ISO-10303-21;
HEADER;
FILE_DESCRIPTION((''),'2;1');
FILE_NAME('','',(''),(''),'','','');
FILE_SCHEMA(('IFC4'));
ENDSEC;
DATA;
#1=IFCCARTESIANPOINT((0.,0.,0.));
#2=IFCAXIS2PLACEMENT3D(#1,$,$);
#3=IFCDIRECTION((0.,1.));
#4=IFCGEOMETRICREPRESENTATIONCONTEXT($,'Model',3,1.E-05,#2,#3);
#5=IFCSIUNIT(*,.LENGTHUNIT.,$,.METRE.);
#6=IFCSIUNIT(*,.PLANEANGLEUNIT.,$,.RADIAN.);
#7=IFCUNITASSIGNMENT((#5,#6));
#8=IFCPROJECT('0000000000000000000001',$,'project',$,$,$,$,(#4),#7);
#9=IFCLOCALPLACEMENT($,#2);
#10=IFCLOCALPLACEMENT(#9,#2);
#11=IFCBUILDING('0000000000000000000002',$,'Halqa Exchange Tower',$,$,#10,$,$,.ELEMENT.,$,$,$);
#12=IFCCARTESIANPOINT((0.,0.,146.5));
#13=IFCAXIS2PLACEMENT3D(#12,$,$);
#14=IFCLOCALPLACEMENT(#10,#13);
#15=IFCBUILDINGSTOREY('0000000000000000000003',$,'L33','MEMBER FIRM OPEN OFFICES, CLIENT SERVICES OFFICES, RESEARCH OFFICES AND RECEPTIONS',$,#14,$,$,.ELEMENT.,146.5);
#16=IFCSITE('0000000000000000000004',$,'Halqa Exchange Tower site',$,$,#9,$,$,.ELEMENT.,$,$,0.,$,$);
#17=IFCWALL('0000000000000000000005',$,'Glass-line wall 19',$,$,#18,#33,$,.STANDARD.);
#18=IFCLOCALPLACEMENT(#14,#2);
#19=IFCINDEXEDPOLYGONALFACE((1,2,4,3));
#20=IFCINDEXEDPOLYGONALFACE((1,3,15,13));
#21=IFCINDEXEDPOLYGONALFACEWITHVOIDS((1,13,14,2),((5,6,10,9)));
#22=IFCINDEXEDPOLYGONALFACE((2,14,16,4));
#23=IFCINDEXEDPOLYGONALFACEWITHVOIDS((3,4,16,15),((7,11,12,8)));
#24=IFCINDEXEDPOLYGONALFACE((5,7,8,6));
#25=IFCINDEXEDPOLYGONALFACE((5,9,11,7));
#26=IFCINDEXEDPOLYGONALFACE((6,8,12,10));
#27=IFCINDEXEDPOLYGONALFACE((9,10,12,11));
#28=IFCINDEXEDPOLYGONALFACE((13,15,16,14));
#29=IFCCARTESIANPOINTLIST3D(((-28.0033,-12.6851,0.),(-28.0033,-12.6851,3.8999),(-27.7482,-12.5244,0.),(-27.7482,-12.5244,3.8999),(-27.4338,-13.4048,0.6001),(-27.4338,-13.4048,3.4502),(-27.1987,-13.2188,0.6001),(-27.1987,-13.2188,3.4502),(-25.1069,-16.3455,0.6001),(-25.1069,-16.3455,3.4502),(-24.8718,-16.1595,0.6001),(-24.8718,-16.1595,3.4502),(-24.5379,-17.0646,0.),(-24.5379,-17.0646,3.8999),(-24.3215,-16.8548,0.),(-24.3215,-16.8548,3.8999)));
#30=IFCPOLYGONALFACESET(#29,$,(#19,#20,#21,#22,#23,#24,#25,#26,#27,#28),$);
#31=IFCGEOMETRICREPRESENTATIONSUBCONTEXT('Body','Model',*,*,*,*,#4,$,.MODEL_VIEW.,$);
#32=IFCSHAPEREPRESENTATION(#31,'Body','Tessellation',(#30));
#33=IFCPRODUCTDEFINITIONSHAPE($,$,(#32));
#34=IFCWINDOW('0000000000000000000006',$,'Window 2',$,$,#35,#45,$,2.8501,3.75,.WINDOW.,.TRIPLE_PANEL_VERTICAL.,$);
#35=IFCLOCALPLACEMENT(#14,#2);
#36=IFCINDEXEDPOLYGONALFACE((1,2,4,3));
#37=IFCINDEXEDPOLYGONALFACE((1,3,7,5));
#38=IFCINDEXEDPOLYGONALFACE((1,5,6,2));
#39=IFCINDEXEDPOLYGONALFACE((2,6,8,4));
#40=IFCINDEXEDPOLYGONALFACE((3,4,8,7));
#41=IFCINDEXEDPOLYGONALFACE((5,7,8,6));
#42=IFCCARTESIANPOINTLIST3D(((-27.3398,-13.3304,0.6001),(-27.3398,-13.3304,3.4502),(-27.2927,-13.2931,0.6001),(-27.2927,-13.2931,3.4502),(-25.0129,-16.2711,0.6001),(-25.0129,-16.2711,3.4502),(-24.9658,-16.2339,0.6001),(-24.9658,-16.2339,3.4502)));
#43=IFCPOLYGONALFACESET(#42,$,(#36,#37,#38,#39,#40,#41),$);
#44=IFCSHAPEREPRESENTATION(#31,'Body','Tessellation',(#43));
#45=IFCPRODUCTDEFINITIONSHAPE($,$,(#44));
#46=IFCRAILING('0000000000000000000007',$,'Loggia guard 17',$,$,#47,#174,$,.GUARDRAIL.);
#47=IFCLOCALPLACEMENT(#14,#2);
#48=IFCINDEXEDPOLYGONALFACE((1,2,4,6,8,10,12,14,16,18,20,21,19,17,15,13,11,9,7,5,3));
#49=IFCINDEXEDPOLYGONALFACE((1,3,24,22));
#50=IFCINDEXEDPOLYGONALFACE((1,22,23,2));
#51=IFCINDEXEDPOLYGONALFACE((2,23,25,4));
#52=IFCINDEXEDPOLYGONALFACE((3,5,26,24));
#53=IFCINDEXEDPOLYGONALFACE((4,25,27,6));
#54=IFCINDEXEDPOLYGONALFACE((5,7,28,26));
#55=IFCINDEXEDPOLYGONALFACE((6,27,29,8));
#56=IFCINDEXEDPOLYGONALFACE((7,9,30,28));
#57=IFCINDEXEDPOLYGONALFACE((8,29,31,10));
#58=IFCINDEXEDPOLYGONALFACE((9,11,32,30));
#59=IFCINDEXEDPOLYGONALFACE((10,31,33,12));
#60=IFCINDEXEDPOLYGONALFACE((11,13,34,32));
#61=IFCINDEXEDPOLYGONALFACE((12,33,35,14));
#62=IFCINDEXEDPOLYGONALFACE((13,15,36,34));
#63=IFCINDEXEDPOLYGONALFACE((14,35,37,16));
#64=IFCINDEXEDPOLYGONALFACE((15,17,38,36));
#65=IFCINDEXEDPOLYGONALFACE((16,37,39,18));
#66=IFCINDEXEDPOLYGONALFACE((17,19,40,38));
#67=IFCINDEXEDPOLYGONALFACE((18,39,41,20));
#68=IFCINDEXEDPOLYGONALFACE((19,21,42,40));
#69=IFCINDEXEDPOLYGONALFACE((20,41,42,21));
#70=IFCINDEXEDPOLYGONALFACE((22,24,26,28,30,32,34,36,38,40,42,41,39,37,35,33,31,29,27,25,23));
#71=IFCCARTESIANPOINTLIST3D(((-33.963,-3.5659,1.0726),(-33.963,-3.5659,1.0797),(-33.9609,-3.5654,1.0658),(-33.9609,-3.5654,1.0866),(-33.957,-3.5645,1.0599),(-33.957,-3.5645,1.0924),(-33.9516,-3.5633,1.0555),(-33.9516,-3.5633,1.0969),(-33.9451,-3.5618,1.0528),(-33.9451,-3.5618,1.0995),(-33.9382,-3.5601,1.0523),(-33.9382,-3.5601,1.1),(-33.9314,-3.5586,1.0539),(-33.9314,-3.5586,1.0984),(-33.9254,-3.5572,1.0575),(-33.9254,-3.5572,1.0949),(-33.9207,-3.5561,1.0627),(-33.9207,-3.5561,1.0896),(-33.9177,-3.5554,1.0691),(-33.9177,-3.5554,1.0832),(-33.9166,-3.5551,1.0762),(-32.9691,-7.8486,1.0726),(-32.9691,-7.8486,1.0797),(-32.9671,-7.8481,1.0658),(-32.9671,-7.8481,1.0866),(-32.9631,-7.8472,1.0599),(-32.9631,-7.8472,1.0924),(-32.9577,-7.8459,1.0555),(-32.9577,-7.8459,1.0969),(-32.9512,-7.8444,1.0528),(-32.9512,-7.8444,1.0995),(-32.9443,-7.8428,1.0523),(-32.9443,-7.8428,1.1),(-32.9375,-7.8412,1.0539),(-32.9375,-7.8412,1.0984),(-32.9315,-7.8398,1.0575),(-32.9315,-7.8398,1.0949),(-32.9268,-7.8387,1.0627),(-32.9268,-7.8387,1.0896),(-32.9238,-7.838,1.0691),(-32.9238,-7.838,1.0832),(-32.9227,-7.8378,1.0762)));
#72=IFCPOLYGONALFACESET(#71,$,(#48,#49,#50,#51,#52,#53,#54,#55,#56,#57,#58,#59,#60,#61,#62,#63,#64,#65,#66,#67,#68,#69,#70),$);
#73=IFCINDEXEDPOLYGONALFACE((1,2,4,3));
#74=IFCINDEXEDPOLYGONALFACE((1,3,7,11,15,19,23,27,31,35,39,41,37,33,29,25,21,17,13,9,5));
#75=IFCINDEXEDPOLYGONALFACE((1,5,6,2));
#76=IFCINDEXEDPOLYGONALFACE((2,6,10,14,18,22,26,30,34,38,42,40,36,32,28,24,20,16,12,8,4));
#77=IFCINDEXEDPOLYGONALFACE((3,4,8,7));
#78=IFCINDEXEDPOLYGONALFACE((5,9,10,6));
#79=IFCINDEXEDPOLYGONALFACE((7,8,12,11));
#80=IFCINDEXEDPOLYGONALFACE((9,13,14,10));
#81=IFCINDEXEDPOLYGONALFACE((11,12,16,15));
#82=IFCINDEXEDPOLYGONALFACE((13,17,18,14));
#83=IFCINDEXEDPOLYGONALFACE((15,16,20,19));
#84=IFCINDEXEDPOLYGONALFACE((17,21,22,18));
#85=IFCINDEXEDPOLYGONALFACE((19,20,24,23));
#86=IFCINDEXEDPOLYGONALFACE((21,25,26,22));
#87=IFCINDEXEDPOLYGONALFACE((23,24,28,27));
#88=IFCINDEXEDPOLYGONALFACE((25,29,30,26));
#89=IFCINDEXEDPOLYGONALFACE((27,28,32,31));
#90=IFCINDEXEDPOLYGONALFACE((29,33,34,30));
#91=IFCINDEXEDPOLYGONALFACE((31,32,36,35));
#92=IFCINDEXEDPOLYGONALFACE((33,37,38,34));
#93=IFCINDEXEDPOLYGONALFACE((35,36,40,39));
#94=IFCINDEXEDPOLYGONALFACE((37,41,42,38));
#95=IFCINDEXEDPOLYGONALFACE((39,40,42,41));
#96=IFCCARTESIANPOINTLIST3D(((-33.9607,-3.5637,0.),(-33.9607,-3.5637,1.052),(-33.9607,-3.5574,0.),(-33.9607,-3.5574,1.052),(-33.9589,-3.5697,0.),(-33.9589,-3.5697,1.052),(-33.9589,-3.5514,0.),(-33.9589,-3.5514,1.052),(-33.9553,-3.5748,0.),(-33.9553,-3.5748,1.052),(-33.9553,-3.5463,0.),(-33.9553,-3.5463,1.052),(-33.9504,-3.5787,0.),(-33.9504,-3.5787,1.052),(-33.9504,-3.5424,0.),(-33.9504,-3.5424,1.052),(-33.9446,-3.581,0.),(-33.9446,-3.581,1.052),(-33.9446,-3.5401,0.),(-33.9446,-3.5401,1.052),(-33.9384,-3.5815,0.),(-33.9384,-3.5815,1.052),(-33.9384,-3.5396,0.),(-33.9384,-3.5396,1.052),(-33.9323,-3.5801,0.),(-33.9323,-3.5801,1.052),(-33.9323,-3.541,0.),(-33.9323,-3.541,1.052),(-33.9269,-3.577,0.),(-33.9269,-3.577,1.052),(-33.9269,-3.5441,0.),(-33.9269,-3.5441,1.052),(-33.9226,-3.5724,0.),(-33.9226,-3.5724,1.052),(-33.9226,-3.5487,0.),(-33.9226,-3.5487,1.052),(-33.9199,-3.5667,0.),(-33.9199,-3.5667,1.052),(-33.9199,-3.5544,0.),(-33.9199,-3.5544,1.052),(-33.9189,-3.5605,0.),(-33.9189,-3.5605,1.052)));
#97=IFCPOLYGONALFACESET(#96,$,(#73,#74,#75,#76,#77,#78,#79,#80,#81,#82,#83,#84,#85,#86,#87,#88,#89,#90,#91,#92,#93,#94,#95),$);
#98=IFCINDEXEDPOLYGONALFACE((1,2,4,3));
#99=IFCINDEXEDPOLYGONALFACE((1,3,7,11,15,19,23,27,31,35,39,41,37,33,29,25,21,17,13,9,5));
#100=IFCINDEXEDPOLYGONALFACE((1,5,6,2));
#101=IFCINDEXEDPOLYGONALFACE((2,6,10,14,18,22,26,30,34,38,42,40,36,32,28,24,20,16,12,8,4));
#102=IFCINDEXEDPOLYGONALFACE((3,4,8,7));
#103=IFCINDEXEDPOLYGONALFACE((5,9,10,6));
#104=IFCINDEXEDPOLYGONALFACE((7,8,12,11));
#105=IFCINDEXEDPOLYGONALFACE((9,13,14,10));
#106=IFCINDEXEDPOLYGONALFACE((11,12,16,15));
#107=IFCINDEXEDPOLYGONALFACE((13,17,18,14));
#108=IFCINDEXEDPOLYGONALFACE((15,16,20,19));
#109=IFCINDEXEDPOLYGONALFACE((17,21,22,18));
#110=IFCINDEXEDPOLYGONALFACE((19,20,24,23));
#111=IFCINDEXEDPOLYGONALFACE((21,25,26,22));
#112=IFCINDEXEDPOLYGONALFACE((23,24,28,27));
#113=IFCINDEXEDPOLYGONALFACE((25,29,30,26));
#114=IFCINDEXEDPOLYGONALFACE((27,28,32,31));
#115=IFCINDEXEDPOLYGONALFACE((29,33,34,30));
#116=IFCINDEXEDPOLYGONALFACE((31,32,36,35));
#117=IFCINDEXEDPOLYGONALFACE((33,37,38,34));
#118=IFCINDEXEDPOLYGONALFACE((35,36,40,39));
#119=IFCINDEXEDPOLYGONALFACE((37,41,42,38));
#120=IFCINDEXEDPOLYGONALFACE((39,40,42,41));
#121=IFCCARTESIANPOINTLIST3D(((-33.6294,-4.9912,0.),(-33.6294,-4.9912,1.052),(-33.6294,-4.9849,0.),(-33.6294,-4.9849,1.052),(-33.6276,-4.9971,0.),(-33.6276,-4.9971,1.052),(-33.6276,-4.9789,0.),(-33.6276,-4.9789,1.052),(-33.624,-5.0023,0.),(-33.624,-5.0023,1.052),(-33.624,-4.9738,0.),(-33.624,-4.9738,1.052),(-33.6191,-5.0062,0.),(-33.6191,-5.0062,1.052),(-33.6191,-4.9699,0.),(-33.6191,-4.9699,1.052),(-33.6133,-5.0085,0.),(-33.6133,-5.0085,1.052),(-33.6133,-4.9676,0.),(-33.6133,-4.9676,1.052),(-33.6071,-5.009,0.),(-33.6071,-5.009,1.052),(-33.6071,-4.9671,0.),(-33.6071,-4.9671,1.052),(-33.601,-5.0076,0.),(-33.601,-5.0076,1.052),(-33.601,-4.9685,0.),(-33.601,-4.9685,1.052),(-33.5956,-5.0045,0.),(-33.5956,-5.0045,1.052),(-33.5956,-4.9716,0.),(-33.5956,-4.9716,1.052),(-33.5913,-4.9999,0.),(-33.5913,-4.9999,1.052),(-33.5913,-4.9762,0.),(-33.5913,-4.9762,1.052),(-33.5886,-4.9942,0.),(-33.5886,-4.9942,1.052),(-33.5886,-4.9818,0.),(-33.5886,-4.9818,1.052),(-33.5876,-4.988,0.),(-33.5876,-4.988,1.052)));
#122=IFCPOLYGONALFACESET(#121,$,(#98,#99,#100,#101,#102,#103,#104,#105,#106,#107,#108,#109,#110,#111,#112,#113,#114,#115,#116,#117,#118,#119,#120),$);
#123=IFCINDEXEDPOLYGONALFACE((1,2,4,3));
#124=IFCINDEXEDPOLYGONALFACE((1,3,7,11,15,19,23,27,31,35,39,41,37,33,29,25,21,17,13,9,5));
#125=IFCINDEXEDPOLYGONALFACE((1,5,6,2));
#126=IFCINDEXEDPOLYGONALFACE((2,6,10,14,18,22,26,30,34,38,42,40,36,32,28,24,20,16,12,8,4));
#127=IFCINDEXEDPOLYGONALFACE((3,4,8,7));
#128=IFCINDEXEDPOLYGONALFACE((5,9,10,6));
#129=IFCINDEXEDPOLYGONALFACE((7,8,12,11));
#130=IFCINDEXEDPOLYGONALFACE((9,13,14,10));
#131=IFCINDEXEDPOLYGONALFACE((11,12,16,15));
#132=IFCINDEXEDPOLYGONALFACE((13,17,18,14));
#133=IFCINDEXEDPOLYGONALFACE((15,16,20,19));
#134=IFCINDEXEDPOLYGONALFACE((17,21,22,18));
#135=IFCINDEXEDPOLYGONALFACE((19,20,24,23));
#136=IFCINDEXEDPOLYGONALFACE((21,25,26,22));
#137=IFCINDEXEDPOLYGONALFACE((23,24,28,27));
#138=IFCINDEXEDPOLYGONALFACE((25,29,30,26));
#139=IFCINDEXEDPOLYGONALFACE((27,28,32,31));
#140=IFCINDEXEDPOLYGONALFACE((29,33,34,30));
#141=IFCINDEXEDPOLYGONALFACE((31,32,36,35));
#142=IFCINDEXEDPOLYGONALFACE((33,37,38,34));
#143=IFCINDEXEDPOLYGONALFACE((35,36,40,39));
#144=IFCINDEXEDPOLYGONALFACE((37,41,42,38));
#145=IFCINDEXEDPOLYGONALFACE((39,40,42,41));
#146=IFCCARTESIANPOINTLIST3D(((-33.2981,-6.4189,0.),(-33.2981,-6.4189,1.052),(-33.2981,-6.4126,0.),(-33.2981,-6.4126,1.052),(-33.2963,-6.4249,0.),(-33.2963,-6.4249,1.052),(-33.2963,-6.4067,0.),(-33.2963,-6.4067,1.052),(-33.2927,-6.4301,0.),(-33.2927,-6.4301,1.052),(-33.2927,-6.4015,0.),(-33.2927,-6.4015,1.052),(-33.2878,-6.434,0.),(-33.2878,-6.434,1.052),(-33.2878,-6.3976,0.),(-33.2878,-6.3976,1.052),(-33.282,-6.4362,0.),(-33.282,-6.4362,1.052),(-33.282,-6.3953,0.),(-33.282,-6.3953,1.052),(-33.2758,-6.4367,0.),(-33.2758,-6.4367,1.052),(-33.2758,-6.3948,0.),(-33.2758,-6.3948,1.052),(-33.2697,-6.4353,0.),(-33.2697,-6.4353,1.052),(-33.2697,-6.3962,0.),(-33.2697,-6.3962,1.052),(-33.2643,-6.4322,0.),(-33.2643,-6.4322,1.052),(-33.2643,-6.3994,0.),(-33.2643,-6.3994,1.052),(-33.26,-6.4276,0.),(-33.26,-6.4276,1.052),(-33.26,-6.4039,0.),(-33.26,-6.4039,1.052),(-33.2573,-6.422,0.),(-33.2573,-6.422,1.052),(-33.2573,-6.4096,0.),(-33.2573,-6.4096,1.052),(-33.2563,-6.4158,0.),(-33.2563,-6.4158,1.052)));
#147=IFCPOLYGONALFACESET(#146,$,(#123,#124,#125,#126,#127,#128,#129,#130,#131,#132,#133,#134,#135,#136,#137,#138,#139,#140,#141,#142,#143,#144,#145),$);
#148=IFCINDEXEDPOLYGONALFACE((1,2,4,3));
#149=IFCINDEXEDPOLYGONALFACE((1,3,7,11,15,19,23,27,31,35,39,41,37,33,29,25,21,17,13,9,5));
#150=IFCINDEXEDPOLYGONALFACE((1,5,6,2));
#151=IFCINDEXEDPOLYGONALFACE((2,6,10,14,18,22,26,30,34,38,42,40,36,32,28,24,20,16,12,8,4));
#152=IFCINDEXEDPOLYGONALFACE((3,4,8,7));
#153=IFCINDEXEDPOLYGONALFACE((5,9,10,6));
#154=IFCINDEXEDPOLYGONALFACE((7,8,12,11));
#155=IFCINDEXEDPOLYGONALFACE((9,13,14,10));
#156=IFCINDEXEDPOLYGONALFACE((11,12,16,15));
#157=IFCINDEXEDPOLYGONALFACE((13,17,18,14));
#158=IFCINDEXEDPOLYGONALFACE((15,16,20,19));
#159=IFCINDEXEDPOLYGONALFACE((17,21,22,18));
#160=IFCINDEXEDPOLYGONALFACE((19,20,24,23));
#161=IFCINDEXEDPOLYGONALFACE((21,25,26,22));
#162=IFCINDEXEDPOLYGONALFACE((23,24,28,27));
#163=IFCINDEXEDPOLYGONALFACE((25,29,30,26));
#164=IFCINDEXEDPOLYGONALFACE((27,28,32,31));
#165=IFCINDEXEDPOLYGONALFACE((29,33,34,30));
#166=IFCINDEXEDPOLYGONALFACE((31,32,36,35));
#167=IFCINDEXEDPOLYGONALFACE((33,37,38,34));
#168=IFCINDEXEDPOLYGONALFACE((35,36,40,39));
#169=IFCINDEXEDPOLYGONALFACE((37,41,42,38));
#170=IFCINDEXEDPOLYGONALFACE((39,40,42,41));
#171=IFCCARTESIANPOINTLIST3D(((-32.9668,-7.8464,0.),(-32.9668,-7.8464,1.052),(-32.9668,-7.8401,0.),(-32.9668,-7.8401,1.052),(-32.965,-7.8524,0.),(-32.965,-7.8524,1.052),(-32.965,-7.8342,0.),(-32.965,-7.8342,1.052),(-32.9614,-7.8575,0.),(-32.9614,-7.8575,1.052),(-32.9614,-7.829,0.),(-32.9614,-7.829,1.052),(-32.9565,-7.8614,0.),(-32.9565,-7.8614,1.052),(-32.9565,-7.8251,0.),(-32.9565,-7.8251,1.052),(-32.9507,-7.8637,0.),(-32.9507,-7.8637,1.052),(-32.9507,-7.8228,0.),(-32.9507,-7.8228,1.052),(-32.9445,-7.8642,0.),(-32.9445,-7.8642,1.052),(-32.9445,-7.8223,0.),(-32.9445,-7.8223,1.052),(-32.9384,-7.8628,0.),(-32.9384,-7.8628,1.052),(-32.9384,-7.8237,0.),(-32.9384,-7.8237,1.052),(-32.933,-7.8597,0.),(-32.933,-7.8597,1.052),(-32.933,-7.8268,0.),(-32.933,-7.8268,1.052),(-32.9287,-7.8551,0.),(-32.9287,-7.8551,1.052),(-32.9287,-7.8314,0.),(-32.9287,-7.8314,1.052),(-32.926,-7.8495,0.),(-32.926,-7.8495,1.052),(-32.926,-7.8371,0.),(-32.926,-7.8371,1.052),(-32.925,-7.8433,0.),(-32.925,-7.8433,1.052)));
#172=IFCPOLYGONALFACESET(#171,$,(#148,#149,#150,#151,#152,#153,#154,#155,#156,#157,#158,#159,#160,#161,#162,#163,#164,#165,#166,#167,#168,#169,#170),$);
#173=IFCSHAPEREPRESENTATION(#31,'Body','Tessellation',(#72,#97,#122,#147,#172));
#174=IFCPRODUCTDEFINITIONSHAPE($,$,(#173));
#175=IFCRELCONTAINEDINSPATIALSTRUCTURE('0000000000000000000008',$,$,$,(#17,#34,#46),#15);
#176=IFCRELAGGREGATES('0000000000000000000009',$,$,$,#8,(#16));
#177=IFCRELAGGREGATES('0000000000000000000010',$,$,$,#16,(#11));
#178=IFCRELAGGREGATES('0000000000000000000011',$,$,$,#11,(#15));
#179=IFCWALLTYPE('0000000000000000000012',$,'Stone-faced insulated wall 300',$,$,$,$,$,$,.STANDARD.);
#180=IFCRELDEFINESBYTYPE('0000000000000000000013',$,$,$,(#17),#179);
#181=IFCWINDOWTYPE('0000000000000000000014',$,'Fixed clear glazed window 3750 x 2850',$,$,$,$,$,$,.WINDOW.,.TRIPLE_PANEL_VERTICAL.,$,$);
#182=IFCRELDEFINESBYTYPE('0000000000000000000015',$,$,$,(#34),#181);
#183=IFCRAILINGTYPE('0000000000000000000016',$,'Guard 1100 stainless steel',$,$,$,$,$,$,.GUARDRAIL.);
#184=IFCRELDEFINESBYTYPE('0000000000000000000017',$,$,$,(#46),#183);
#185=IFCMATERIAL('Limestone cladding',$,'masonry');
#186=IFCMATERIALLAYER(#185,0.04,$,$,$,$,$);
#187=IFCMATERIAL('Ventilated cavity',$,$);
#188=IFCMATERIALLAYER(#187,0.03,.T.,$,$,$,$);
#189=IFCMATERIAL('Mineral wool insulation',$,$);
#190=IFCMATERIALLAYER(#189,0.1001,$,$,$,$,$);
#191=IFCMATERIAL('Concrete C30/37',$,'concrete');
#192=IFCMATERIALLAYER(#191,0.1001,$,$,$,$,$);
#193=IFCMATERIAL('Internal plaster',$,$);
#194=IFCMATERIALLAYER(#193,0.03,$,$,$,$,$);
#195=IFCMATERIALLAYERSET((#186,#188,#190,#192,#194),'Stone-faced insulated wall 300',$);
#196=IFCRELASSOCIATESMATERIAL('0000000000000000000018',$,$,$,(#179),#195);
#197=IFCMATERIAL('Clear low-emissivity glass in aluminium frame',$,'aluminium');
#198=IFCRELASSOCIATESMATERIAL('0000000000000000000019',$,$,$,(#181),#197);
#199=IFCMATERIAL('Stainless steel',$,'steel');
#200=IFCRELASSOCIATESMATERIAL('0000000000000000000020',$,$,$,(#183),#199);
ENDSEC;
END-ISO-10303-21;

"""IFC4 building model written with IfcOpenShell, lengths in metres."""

from ifc_helpers import new_model, si_unit, direction, frame, frame_2d, origin, origin_2d, place, context, subcontext, project, spatial, polyline, rectangle, circle, outline, extrude, material, layer, layer_set, type_object, element, fill, save


model = new_model("IFC4")

# Units and contexts
model_context = context("Model", 3, precision=1e-05, world=origin(), true_north=direction((0.0, 1.0)))
body_context = subcontext(model_context, "Body", "Model", "MODEL_VIEW")
ifc_project = project(units=[si_unit("LENGTHUNIT", "METRE"), si_unit("PLANEANGLEUNIT", "RADIAN")], contexts=[model_context])

# Site, building, storey
site_placement = place(None, origin())
site = spatial("IfcSite", under=ifc_project, at=site_placement, Name="Halqa Exchange Tower site", CompositionType="ELEMENT", RefElevation=0.0)
building_placement = place(site_placement, origin())
building = spatial("IfcBuilding", under=site, at=building_placement, Name="Halqa Exchange Tower", CompositionType="ELEMENT")
storey_placement = place(building_placement, frame((0.0, 0.0, 146.5)))
storey = spatial("IfcBuildingStorey", under=building, at=storey_placement, Name="L33", Description="MEMBER FIRM OPEN OFFICES, CLIENT SERVICES OFFICES, RESEARCH OFFICES AND RECEPTIONS", CompositionType="ELEMENT", Elevation=146.5)

# Wall, opening, window
ifc_material_1 = material(Name="Limestone cladding", Category="masonry")
ifc_layer_1 = layer(ifc_material_1, 0.04)
ifc_material_2 = material(Name="Ventilated cavity")
ifc_layer_2 = layer(ifc_material_2, 0.03, ventilated=True)
ifc_material_3 = material(Name="Mineral wool insulation")
ifc_layer_3 = layer(ifc_material_3, 0.1001)
ifc_material_4 = material(Name="Concrete C30/37", Category="concrete")
ifc_layer_4 = layer(ifc_material_4, 0.1001)
ifc_material_5 = material(Name="Internal plaster")
ifc_layer_5 = layer(ifc_material_5, 0.03)
ifc_layer_set_1 = layer_set([ifc_layer_1, ifc_layer_2, ifc_layer_3, ifc_layer_4, ifc_layer_5], Name="Stone-faced insulated wall 300")
wall_type_1 = type_object("IfcWallType", Name="Stone-faced insulated wall 300", PredefinedType="STANDARD", material=ifc_layer_set_1)
ifc_material_6 = material(Name="Clear low-emissivity glass in aluminium frame", Category="aluminium")
window_type = type_object("IfcWindowType", Name="Fixed clear glazed window 3750 x 2850", PartitioningType="TRIPLE_PANEL_VERTICAL", PredefinedType="WINDOW", material=ifc_material_6)
wall_1_placement = place(storey_placement, frame((-27.8757, -12.6047, 0.0), z_axis=(0.0, 0.0, 1.0), x_axis=(0.620521, -0.78419, 0.0)))
wall_1 = element("IfcWall", 1, at=wall_1_placement, inside=storey, type_object=wall_type_1, Name="Glass-line wall 19", PredefinedType="STANDARD", context=body_context, shape_type="SweptSolid", body=[
    extrude(outline(polyline([(-0.0161, -0.1499), (5.5686, -0.1499), (5.5383, 0.1499), (0.0161, 0.1499), (-0.0161, -0.1499)])), origin(), (0.0, 0.0, 1.0), 3.8999),
])
opening_1_placement = place(wall_1_placement, frame((0.9016, 0.0, 0.6001)))
opening_1 = element("IfcOpeningElement", 2, at=opening_1_placement, cuts=wall_1, PredefinedType="OPENING", context=body_context, shape_type="SweptSolid", body=[
    extrude(rectangle(XDim=3.75, YDim=2.8501, at=frame_2d((1.875, 1.425))), frame((0.0, 0.1621, 0.0), z_axis=(0.0, -1.0, 0.0), x_axis=(1.0, 0.0, 0.0)), (0.0, 0.0, 1.0), 0.324),
])
window_1_placement = place(opening_1_placement, origin())
window_1 = element("IfcWindow", 3, at=window_1_placement, inside=storey, type_object=window_type, Name="Window 2", OverallHeight=2.8501, OverallWidth=3.75, PartitioningType="TRIPLE_PANEL_VERTICAL", PredefinedType="WINDOW", context=body_context, shape_type="SweptSolid", body=[
    extrude(rectangle(XDim=3.75, YDim=2.8501, at=frame_2d((1.875, 1.425))), frame((0.0, 0.03, 0.0), z_axis=(0.0, -1.0, 0.0), x_axis=(1.0, 0.0, 0.0)), (0.0, 0.0, 1.0), 0.0601),
])
fill(opening_1, window_1)

# Railing
ifc_material_7 = material(Name="Stainless steel", Category="steel")
railing_type = type_object("IfcRailingType", Name="Guard 1100 stainless steel", PredefinedType="GUARDRAIL", material=ifc_material_7)
railing_1_placement = place(storey_placement, frame((-33.9399, -3.5605, 0.0)))
element("IfcRailing", 4, at=railing_1_placement, inside=storey, type_object=railing_type, Name="Loggia guard 17", PredefinedType="GUARDRAIL", context=body_context, shape_type="SweptSolid", body=[
    extrude(circle(Radius=0.0239, at=origin_2d()), frame((0.0, 0.0, 1.0762), z_axis=(0.226064, -0.974112, 0.0), x_axis=(0.974112, 0.226064, 0.0)), (0.0, 0.0, 1.0), 4.3965),
    extrude(circle(Radius=0.021, at=origin_2d()), origin(), (0.0, 0.0, 1.0), 1.052),
    extrude(circle(Radius=0.021, at=origin_2d()), frame((0.3313, -1.4275, 0.0)), (0.0, 0.0, 1.0), 1.052),
    extrude(circle(Radius=0.021, at=origin_2d()), frame((0.6626, -2.8552, 0.0)), (0.0, 0.0, 1.0), 1.052),
    extrude(circle(Radius=0.021, at=origin_2d()), frame((0.9939, -4.2827, 0.0)), (0.0, 0.0, 1.0), 1.052),
])

save(model, "model.ifc")
